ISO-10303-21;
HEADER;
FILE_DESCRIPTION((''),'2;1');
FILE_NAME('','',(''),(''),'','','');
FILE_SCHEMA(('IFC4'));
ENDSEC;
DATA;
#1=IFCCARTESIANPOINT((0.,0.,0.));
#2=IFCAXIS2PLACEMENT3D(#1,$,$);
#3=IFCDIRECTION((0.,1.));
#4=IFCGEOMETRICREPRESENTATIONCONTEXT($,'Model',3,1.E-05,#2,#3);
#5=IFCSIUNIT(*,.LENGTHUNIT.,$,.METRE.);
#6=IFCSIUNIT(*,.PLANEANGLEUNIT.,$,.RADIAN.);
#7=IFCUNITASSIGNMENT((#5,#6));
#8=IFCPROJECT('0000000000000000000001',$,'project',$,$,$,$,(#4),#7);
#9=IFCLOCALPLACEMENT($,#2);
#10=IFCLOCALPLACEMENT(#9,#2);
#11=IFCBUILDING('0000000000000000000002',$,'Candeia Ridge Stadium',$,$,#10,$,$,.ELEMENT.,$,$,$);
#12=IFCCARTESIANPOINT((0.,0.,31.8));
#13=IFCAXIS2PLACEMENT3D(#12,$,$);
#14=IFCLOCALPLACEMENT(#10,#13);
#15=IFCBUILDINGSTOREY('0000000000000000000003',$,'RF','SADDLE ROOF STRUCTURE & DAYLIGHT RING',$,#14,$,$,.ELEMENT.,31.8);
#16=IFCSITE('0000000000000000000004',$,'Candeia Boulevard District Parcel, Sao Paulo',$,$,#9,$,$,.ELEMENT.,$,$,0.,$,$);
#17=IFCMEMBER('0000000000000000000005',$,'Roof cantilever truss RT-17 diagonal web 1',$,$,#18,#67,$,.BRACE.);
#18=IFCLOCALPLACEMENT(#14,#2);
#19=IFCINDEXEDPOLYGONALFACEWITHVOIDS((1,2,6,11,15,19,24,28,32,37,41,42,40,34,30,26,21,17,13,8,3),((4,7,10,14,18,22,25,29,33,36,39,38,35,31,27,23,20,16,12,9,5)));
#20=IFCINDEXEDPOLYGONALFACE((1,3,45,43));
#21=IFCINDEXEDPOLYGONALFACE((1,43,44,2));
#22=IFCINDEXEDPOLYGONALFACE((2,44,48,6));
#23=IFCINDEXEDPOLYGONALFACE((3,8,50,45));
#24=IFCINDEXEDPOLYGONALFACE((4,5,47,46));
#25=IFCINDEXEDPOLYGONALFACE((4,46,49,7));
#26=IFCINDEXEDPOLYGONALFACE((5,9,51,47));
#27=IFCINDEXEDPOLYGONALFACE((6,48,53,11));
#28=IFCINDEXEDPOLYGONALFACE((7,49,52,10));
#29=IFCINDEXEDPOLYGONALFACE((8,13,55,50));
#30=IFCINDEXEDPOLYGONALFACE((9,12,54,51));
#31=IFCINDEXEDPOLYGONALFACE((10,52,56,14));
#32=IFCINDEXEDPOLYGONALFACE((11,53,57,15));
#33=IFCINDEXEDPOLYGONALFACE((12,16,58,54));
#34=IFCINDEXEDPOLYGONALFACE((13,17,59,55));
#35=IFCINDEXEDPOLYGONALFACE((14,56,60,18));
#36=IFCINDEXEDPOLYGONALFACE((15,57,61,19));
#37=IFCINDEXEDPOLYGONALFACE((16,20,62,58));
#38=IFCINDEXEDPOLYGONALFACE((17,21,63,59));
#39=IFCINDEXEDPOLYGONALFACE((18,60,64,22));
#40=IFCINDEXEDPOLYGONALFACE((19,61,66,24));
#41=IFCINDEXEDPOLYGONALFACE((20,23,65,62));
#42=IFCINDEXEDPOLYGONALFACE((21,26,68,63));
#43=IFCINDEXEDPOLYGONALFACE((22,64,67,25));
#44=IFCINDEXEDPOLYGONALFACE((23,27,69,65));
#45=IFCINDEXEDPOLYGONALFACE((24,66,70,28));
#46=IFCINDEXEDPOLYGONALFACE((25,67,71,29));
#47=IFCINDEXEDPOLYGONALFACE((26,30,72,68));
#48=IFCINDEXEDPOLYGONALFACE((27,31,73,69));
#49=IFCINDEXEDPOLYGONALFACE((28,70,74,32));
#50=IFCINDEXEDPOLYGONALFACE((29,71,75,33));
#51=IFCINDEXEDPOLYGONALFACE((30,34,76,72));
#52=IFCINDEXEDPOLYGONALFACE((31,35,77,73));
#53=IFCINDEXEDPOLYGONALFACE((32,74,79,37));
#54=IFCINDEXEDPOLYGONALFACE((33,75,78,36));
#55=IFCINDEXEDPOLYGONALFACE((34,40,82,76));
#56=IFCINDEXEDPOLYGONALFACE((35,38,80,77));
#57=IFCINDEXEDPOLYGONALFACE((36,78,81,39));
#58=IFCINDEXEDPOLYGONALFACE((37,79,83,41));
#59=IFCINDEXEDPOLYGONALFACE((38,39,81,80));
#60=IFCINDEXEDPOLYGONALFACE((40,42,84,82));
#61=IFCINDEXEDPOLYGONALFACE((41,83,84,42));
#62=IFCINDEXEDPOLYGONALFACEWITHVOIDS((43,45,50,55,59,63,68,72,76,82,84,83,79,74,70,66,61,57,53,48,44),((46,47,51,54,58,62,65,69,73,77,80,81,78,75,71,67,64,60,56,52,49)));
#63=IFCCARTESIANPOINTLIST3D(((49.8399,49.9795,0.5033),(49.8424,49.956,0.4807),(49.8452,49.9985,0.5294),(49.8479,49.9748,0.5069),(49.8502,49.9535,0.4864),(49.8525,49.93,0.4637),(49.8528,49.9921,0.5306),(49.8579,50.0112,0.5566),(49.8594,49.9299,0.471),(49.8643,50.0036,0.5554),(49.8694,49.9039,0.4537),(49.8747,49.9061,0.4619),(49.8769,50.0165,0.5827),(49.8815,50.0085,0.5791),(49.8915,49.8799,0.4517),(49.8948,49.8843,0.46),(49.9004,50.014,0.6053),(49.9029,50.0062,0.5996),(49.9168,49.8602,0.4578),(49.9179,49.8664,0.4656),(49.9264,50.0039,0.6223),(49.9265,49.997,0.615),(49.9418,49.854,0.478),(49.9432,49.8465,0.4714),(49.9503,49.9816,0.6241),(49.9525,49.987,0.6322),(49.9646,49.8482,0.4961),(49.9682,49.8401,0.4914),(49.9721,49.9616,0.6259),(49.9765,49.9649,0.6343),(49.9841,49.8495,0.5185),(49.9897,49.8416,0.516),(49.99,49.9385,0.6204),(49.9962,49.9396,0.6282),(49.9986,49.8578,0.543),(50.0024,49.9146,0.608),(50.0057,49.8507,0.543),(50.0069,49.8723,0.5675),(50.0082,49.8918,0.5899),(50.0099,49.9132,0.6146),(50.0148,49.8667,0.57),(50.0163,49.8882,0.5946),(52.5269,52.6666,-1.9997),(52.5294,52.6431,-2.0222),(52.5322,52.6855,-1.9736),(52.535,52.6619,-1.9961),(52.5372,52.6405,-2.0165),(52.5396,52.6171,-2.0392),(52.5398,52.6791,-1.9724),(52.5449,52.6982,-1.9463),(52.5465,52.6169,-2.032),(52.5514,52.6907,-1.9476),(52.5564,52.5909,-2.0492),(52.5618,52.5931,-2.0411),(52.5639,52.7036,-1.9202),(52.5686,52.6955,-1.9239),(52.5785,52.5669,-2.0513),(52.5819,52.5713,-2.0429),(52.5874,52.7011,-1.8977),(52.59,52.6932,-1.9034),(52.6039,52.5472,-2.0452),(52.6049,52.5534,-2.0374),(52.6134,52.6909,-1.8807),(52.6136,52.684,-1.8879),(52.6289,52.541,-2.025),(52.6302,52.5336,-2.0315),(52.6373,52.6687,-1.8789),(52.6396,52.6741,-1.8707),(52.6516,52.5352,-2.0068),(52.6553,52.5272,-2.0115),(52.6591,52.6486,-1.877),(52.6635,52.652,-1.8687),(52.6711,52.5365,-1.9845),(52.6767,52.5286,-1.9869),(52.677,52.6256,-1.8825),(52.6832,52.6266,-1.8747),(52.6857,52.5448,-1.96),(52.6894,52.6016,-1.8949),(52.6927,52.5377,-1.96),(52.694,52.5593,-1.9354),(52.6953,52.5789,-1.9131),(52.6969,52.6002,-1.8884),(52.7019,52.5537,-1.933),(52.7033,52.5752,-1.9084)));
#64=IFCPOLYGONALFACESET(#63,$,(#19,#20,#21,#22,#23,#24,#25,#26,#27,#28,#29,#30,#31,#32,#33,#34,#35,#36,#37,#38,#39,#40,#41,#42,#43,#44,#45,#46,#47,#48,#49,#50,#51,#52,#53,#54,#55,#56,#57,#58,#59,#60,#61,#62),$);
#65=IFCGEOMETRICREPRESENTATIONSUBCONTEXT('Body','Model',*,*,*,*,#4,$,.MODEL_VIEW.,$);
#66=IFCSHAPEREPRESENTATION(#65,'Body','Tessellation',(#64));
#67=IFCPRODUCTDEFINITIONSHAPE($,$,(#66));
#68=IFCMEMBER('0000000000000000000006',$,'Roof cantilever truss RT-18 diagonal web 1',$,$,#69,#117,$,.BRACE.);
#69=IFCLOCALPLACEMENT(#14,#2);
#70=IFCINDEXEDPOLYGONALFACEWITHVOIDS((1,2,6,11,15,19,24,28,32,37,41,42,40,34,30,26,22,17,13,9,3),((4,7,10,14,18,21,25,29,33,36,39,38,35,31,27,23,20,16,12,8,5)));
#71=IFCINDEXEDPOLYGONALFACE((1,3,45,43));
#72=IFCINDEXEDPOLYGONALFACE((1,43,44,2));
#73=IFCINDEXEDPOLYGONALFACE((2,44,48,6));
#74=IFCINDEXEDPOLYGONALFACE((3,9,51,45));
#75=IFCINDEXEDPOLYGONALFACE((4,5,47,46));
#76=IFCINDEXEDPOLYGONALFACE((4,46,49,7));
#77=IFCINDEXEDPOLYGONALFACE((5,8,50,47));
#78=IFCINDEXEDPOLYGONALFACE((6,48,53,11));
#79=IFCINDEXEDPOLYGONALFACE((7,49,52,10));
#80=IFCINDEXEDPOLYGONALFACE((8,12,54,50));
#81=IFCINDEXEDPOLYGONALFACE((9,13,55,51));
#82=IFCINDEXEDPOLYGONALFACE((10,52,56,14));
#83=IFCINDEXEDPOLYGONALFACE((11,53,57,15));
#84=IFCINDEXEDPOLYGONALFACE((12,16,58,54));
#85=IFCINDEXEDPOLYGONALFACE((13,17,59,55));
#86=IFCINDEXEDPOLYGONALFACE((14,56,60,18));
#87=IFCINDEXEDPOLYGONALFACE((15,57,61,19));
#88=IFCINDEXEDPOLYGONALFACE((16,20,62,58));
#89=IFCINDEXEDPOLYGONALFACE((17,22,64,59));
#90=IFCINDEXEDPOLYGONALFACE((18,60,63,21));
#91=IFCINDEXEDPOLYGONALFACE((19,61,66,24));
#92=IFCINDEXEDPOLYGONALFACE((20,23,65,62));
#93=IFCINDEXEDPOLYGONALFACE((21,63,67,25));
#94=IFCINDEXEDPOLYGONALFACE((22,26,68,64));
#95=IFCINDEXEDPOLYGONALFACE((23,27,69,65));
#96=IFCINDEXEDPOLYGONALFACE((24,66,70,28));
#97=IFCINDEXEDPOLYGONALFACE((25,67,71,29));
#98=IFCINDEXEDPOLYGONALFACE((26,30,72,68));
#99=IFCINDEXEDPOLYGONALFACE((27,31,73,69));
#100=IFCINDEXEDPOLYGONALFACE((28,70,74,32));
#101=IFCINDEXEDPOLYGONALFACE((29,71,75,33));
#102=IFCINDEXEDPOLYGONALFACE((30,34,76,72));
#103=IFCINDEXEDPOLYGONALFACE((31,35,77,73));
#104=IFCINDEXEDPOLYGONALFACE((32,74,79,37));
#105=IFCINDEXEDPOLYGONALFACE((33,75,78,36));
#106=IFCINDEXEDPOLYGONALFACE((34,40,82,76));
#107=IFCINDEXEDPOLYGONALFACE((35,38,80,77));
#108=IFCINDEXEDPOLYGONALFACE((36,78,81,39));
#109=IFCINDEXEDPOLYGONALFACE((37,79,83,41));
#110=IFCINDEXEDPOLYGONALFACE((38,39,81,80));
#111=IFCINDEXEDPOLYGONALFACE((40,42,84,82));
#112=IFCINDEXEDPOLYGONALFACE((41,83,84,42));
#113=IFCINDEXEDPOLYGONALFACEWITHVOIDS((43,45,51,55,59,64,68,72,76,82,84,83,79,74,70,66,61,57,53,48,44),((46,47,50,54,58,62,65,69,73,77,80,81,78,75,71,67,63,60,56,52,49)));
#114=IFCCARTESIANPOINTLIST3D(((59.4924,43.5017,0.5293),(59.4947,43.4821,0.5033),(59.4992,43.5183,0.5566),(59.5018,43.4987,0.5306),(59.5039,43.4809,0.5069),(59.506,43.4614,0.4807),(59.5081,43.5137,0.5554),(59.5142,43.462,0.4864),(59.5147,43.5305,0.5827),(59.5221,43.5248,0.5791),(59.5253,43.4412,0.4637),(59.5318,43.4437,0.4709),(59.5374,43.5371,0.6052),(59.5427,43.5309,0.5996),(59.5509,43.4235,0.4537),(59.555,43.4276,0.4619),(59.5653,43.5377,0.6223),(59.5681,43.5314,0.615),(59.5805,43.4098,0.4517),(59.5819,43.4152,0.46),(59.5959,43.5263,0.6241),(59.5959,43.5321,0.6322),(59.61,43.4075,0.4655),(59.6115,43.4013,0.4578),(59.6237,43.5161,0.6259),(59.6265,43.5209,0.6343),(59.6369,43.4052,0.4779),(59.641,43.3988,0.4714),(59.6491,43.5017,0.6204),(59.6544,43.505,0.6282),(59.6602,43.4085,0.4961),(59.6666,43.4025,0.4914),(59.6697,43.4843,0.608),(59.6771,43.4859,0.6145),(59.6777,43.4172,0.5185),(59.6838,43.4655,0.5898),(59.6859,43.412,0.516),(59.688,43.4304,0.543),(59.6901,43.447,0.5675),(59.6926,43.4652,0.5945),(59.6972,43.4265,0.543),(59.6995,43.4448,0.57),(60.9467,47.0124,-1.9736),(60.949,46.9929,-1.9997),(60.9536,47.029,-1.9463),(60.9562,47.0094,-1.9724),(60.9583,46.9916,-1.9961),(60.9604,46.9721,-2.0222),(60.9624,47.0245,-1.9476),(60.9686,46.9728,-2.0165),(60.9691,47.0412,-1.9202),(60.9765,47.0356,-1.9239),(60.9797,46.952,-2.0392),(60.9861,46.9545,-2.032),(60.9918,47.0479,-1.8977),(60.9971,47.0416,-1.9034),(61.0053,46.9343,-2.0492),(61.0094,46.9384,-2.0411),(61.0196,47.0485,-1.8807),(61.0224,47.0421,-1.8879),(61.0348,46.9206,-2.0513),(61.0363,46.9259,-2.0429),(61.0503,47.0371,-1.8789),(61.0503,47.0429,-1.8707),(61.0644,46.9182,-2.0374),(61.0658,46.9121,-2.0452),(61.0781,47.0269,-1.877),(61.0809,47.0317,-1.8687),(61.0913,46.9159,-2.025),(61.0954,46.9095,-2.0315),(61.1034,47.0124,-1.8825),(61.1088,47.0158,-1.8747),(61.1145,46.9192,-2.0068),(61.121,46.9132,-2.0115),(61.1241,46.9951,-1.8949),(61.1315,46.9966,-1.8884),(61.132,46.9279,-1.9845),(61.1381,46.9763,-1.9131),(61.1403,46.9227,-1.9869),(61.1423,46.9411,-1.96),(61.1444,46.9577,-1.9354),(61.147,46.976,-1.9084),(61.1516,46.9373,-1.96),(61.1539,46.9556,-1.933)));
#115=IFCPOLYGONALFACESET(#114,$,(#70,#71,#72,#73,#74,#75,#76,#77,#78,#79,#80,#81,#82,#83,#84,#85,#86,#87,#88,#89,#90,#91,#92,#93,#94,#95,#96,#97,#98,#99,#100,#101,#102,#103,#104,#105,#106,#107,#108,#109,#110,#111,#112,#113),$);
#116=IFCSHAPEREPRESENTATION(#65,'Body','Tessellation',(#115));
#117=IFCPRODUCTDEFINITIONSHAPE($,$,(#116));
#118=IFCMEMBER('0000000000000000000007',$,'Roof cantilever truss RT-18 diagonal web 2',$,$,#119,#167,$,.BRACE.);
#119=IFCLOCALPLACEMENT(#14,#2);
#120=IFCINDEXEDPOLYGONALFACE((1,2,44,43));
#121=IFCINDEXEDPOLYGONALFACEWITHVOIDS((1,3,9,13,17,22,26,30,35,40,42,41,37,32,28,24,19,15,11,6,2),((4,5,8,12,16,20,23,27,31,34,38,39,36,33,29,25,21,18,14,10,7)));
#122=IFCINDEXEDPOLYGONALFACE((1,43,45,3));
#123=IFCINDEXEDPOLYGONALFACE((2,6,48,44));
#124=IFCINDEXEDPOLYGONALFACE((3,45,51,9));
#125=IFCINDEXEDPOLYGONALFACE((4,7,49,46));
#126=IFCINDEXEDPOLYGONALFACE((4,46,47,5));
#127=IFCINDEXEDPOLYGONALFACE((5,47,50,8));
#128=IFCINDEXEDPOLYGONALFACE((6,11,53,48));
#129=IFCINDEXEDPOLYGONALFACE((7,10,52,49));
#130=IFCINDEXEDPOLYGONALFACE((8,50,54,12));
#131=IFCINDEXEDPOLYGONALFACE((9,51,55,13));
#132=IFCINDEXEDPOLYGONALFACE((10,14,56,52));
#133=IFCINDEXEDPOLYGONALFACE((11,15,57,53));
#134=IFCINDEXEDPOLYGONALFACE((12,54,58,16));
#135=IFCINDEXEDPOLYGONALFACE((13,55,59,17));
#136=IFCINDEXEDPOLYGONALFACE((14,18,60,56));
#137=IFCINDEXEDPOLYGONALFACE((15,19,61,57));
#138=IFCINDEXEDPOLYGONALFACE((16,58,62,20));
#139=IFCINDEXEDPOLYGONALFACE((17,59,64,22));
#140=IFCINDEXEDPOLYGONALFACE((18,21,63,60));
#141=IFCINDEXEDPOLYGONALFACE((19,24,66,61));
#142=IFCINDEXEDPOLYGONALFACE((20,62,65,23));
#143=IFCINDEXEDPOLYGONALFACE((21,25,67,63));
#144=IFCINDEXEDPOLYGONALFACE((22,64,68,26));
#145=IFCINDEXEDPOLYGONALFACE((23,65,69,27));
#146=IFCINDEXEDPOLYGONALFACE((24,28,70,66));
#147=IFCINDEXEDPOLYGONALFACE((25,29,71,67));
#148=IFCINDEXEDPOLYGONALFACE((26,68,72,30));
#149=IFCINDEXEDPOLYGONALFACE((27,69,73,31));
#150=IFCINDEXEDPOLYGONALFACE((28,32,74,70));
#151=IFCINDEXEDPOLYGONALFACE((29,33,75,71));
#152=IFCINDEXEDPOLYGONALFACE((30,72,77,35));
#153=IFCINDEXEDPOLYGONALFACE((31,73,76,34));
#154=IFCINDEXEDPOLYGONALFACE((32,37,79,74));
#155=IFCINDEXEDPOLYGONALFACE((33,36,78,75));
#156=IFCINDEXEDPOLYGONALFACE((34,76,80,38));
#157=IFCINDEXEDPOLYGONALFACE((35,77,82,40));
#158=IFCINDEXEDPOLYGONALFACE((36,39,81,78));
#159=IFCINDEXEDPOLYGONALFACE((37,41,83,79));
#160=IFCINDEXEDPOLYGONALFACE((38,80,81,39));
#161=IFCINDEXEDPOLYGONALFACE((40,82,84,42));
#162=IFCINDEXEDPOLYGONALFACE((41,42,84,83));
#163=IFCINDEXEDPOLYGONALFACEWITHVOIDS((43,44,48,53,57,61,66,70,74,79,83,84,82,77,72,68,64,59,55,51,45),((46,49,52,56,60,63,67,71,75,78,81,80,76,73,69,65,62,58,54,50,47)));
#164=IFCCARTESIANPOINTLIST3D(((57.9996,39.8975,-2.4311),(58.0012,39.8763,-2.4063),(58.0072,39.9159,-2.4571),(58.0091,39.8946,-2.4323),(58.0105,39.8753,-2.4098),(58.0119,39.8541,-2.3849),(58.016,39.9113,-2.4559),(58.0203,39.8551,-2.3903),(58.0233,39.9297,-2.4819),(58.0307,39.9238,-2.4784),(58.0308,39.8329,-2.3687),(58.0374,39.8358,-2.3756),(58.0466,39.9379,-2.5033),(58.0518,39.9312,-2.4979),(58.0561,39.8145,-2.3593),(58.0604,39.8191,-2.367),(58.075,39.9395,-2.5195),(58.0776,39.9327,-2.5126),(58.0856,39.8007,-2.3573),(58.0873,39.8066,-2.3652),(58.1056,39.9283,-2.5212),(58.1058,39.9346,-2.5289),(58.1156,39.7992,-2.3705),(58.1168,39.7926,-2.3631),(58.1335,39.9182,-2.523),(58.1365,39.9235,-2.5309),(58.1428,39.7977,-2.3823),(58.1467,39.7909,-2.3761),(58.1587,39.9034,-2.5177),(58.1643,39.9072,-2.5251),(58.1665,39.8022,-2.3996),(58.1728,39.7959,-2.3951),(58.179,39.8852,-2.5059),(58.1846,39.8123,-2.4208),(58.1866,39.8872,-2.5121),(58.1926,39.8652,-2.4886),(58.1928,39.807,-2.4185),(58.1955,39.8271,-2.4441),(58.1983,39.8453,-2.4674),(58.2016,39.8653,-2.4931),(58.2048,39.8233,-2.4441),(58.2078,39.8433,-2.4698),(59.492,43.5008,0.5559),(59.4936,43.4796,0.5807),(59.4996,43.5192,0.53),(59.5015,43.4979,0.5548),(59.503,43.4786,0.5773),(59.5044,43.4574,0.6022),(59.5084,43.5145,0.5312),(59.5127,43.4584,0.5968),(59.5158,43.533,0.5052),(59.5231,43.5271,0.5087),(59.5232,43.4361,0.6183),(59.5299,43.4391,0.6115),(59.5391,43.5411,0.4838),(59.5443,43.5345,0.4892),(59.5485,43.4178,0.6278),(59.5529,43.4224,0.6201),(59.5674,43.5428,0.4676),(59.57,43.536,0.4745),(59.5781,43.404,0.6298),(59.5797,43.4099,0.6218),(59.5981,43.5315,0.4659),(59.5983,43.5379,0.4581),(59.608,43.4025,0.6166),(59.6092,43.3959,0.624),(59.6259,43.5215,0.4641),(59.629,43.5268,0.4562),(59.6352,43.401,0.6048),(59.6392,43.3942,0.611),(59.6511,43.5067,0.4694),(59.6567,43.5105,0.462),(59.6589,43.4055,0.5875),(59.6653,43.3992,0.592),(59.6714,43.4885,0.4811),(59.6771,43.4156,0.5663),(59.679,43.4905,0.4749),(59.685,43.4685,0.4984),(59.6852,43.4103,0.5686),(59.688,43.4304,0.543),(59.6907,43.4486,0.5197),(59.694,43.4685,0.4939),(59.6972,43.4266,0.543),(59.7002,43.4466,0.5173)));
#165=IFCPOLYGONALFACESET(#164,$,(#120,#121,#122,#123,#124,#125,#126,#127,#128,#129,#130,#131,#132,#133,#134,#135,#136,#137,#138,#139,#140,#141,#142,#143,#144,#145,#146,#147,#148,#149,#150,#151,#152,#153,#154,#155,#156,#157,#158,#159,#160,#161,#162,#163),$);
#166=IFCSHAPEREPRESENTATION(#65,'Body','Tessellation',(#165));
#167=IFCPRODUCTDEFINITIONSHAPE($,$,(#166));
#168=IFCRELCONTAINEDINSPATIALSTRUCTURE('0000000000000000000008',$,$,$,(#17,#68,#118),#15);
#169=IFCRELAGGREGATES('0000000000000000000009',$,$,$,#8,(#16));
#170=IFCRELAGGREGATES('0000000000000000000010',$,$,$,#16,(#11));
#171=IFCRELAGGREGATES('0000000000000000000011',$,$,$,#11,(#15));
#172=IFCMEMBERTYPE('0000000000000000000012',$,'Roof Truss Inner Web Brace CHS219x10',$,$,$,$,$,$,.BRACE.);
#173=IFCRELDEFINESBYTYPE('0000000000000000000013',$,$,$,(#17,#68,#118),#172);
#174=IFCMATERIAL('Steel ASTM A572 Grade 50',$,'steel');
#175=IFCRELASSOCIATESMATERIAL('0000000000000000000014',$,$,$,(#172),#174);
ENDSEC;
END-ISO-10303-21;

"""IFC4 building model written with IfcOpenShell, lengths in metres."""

from ifc_helpers import new_model, si_unit, direction, frame, origin, origin_2d, place, context, subcontext, project, spatial, hollow_circle, extrude, material, material_profile, profile_set, type_object, element, save


model = new_model("IFC4")

# Units and contexts
model_context = context("Model", 3, precision=1e-05, world=origin(), true_north=direction((0.0, 1.0)))
body_context = subcontext(model_context, "Body", "Model", "MODEL_VIEW")
ifc_project = project(units=[si_unit("LENGTHUNIT", "METRE"), si_unit("PLANEANGLEUNIT", "RADIAN")], contexts=[model_context])

# Site, building, storey
site_placement = place(None, origin())
site = spatial("IfcSite", under=ifc_project, at=site_placement, Name="Candeia Boulevard District Parcel, Sao Paulo", CompositionType="ELEMENT", RefElevation=0.0)
building_placement = place(site_placement, origin())
building = spatial("IfcBuilding", under=site, at=building_placement, Name="Candeia Ridge Stadium", CompositionType="ELEMENT")
storey_placement = place(building_placement, frame((0.0, 0.0, 31.8)))
storey = spatial("IfcBuildingStorey", under=building, at=storey_placement, Name="RF", Description="SADDLE ROOF STRUCTURE & DAYLIGHT RING", CompositionType="ELEMENT", Elevation=31.8)

# Shared definitions
ifc_material_1 = material(Name="Steel ASTM A572 Grade 50", Category="steel")

# Members
ifc_material_profile_1 = material_profile(ifc_material_1, hollow_circle(Radius=0.1096, WallThickness=0.01, at=origin_2d()), Name="CHS219x10", Category="steel")
ifc_profile_set_1 = profile_set([ifc_material_profile_1], Name="Steel ASTM A572 Grade 50")
member_type_1 = type_object("IfcMemberType", Name="Roof Truss Inner Web Brace CHS219x10", PredefinedType="BRACE", material=ifc_profile_set_1)
for number, where, z_axis, x_axis, name in (
    (1, (52.6152, 52.6152, -1.96), (-0.59052, -0.59052, 0.550065), (0.707107, -0.707107, 0.0), "Roof cantilever truss RT-17 diagonal web 1"),
    (2, (61.0503, 46.9792, -1.96), (-0.319616, -0.771543, 0.55006), (0.923866, -0.382717, 0.0), "Roof cantilever truss RT-18 diagonal web 1"),
):
    element("IfcMember", number, at=place(storey_placement, frame(where, z_axis=z_axis, x_axis=x_axis)), inside=storey, type_object=member_type_1, Name=name, PredefinedType="BRACE", context=body_context, shape_type="SweptSolid", body=[
        extrude(hollow_circle(Radius=0.1096, WallThickness=0.01, at=origin_2d()), origin(), (0.0, 0.0, 1.0), 4.5503),
    ])
member_1_placement = place(storey_placement, frame((59.5959, 43.4685, 0.543), z_axis=(-0.303798, -0.733478, -0.608043), x_axis=(0.923888, -0.382663, 0.0)))
element("IfcMember", 3, at=member_1_placement, inside=storey, type_object=member_type_1, Name="Roof cantilever truss RT-18 diagonal web 2", PredefinedType="BRACE", context=body_context, shape_type="SweptSolid", body=[
    extrude(hollow_circle(Radius=0.1096, WallThickness=0.01, at=origin_2d()), origin(), (0.0, 0.0, 1.0), 4.9126),
])

save(model, "model.ifc")
